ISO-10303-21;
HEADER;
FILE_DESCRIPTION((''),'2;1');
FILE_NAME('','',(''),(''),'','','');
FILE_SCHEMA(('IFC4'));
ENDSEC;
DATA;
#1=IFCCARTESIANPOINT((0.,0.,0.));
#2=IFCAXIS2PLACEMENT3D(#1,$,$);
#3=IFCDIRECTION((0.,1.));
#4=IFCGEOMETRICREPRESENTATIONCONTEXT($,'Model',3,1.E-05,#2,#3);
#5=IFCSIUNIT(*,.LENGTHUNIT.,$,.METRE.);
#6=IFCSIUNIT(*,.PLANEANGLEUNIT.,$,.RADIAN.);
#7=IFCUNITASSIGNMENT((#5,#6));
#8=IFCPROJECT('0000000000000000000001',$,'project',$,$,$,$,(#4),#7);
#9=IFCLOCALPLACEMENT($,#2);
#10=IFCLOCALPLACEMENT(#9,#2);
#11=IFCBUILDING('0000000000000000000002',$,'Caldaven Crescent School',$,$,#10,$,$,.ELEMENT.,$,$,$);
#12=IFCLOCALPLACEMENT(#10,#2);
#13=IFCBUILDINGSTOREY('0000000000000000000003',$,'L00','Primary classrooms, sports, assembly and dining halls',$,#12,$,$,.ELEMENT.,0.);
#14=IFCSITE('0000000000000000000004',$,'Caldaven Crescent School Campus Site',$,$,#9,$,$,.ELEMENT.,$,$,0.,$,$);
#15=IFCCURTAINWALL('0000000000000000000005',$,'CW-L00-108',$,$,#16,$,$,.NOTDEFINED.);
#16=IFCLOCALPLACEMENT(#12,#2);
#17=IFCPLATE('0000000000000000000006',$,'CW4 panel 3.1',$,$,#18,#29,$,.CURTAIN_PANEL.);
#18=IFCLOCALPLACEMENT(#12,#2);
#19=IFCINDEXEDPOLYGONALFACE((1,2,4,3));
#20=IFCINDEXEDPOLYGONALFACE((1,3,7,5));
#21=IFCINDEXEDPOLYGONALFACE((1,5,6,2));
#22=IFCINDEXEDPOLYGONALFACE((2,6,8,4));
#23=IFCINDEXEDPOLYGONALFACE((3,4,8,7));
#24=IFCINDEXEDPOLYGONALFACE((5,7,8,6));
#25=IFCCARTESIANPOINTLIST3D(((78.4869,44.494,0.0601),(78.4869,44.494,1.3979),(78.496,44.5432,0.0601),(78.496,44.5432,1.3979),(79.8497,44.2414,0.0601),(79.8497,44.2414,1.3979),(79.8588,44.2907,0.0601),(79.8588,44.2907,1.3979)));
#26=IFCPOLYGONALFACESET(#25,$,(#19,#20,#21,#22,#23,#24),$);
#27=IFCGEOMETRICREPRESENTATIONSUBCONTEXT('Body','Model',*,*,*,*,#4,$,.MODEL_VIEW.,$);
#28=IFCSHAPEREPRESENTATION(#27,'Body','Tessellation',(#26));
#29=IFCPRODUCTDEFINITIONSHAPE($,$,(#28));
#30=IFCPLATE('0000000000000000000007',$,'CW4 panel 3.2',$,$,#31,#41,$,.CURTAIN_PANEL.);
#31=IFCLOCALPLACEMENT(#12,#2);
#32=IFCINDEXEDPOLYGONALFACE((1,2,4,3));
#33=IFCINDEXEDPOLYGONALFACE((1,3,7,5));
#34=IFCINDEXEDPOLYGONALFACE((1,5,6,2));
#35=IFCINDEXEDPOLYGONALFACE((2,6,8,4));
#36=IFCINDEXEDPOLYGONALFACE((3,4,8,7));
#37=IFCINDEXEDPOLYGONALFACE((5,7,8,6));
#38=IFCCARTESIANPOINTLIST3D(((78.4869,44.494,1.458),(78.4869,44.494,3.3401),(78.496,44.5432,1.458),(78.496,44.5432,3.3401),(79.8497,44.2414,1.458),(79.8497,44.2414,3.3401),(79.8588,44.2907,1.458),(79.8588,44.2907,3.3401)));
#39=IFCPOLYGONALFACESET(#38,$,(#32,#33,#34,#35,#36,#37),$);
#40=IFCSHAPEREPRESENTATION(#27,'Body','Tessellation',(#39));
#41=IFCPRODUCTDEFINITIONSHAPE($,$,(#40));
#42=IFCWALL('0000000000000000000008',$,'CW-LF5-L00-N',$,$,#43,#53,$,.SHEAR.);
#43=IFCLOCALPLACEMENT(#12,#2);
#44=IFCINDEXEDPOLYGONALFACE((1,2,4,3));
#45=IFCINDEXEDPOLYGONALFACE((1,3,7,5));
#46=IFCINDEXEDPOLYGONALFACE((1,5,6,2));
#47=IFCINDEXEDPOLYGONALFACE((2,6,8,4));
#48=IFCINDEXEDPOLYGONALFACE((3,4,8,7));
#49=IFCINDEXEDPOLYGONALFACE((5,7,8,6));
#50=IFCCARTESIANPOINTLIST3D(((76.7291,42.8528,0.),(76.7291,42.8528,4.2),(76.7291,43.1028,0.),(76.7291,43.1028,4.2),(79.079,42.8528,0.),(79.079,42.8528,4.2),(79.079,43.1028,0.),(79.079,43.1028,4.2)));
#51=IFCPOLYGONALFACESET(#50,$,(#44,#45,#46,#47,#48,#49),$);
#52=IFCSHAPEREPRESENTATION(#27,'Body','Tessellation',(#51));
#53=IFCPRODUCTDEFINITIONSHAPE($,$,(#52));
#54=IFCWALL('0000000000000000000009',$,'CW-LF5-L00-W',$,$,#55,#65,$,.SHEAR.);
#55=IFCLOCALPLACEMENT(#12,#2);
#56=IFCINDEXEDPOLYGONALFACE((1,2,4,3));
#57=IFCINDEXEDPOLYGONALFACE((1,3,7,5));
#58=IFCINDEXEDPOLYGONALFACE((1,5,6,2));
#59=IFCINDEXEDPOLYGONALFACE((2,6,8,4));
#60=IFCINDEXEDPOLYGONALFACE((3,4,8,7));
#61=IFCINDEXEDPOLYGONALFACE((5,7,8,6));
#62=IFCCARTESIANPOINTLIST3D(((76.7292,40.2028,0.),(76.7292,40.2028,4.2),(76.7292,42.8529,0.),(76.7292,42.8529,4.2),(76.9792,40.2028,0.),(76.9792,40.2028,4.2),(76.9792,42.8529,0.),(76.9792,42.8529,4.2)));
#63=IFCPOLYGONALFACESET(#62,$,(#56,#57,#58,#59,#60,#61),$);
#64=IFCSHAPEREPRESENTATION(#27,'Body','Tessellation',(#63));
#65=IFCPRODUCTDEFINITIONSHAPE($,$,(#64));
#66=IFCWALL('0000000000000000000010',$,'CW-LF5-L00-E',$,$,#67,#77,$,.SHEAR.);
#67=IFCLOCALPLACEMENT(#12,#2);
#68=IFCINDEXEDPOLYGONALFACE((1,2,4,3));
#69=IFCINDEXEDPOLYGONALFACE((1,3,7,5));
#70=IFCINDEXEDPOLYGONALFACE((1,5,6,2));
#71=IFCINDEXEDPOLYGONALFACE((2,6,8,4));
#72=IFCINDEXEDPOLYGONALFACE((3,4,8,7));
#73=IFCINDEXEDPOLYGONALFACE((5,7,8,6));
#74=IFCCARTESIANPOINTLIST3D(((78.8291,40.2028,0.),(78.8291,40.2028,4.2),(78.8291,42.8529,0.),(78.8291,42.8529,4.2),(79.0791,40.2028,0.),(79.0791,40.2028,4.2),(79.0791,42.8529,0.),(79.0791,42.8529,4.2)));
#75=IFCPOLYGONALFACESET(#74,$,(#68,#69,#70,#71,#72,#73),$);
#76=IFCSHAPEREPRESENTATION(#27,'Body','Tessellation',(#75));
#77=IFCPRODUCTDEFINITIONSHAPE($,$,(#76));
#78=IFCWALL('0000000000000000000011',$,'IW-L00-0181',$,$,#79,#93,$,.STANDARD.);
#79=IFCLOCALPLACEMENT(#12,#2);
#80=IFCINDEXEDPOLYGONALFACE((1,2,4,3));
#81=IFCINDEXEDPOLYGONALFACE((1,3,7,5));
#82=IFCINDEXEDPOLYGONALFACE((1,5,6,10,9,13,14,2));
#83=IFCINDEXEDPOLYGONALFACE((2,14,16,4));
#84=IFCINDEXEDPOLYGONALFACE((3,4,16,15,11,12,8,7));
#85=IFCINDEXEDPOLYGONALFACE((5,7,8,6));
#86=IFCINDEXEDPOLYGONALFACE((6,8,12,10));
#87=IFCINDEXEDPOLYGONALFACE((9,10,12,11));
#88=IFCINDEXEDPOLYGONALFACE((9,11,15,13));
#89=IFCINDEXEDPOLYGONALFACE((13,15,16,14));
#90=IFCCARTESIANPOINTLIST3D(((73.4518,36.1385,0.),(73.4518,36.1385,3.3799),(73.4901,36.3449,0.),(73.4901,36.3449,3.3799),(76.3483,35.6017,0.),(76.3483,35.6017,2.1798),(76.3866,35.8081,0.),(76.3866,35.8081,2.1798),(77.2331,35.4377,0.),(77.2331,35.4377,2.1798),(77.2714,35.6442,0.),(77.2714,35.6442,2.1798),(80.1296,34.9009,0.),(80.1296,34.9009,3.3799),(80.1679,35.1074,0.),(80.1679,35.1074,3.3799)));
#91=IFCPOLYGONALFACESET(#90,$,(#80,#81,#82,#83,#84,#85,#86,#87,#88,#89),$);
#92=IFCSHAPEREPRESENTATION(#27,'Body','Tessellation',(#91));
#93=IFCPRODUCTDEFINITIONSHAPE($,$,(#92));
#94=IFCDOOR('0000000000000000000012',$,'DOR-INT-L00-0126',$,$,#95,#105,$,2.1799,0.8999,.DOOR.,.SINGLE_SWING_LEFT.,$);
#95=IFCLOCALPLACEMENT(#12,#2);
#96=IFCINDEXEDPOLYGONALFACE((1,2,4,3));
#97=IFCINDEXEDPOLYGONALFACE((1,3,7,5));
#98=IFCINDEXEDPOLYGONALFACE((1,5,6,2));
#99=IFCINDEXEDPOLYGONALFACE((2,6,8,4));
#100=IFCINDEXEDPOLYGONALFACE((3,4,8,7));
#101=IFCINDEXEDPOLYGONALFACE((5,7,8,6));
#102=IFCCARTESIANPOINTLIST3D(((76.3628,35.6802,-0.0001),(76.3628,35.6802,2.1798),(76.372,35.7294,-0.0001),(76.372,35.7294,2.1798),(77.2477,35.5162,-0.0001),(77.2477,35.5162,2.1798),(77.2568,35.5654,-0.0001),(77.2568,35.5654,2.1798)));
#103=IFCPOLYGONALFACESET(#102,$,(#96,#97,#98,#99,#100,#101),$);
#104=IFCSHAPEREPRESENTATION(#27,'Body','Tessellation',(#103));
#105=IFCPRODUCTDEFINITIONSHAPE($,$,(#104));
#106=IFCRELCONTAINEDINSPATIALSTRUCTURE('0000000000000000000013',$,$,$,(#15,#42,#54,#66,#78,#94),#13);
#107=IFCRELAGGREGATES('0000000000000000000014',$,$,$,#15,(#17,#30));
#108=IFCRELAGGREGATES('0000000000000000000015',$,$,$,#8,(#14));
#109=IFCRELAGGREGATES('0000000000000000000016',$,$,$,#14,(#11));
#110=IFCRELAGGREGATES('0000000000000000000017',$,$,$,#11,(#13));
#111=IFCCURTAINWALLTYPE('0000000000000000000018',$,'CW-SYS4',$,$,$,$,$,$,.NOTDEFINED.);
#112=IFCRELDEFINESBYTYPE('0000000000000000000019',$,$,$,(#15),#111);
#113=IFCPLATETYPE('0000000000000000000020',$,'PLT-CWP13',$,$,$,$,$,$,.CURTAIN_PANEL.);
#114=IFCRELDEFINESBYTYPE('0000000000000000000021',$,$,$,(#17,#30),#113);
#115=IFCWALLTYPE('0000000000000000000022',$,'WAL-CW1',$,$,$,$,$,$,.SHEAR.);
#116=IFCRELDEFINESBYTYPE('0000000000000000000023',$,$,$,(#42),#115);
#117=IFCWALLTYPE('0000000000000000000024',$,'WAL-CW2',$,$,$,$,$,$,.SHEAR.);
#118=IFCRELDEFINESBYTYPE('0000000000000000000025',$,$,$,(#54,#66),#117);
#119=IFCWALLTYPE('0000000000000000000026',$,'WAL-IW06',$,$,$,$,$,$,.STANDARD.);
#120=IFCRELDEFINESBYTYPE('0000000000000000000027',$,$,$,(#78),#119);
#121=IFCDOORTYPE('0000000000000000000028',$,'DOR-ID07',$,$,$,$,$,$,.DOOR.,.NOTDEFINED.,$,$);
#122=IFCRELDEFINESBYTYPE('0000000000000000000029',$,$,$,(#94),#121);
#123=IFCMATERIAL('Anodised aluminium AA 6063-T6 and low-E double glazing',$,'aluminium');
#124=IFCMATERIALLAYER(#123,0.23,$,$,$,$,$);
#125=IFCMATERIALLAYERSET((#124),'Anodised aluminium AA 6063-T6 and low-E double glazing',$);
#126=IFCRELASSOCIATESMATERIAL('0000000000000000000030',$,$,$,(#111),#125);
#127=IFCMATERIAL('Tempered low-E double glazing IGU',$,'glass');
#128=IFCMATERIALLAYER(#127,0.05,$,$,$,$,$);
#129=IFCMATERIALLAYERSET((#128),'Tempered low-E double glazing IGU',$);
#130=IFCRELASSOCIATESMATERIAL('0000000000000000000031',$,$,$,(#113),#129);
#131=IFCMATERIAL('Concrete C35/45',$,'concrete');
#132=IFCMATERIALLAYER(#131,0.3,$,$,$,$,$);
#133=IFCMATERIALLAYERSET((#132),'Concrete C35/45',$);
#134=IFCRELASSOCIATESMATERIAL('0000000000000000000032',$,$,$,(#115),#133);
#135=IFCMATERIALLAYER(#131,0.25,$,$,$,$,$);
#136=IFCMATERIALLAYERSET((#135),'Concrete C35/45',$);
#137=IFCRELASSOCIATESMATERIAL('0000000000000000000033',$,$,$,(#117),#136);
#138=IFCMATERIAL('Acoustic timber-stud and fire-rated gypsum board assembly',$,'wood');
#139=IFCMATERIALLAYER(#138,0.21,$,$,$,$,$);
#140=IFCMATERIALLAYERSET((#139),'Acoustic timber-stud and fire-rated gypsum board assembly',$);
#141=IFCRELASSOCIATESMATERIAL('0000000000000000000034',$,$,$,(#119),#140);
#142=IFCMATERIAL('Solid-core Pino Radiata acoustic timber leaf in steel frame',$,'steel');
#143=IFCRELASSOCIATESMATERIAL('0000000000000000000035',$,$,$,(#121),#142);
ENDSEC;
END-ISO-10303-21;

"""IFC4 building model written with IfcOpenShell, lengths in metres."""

from ifc_helpers import new_model, si_unit, direction, frame, frame_2d, origin, origin_2d, place, context, subcontext, project, spatial, rectangle, extrude, material, layer, layer_set, type_object, element, fill, aggregate, save


model = new_model("IFC4")

# Units and contexts
model_context = context("Model", 3, precision=1e-05, world=origin(), true_north=direction((0.0, 1.0)))
body_context = subcontext(model_context, "Body", "Model", "MODEL_VIEW")
ifc_project = project(units=[si_unit("LENGTHUNIT", "METRE"), si_unit("PLANEANGLEUNIT", "RADIAN")], contexts=[model_context])

# Site, building, storey
site_placement = place(None, origin())
site = spatial("IfcSite", under=ifc_project, at=site_placement, Name="Caldaven Crescent School Campus Site", CompositionType="ELEMENT", RefElevation=0.0)
building_placement = place(site_placement, origin())
building = spatial("IfcBuilding", under=site, at=building_placement, Name="Caldaven Crescent School", CompositionType="ELEMENT")
storey_placement = place(building_placement, origin())
storey = spatial("IfcBuildingStorey", under=building, at=storey_placement, Name="L00", Description="Primary classrooms, sports, assembly and dining halls", CompositionType="ELEMENT", Elevation=0.0)

# Shared definitions
ifc_material_1 = material(Name="Concrete C35/45", Category="concrete")

# Curtain wall, plates
ifc_material_2 = material(Name="Anodised aluminium AA 6063-T6 and low-E double glazing", Category="aluminium")
ifc_layer_1 = layer(ifc_material_2, 0.23)
ifc_layer_set_1 = layer_set([ifc_layer_1], Name="Anodised aluminium AA 6063-T6 and low-E double glazing")
curtain_wall_type = type_object("IfcCurtainWallType", Name="CW-SYS4", PredefinedType="NOTDEFINED", material=ifc_layer_set_1)
curtain_wall_placement = place(storey_placement, origin())
curtain_wall = element("IfcCurtainWall", 1, at=curtain_wall_placement, inside=storey, type_object=curtain_wall_type, Name="CW-L00-108", PredefinedType="NOTDEFINED")
ifc_material_3 = material(Name="Tempered low-E double glazing IGU", Category="glass")
ifc_layer_2 = layer(ifc_material_3, 0.05)
ifc_layer_set_2 = layer_set([ifc_layer_2], Name="Tempered low-E double glazing IGU")
plate_type = type_object("IfcPlateType", Name="PLT-CWP13", PredefinedType="CURTAIN_PANEL", material=ifc_layer_set_2)
plate_1_placement = place(storey_placement, frame((79.1729, 44.3923, 0.0601), z_axis=(0.0, 0.0, 1.0), x_axis=(0.983255, -0.182236, 0.0)))
plate_1 = element("IfcPlate", 2, at=plate_1_placement, type_object=plate_type, Name="CW4 panel 3.1", PredefinedType="CURTAIN_PANEL", context=body_context, shape_type="SweptSolid", body=[
    extrude(rectangle(XDim=1.386, YDim=0.05, at=origin_2d()), origin(), (0.0, 0.0, 1.0), 1.3379),
])
plate_2_placement = place(storey_placement, frame((79.1729, 44.3923, 1.458), z_axis=(0.0, 0.0, 1.0), x_axis=(0.983255, -0.182236, 0.0)))
plate_2 = element("IfcPlate", 3, at=plate_2_placement, type_object=plate_type, Name="CW4 panel 3.2", PredefinedType="CURTAIN_PANEL", context=body_context, shape_type="SweptSolid", body=[
    extrude(rectangle(XDim=1.386, YDim=0.05, at=origin_2d()), origin(), (0.0, 0.0, 1.0), 1.8821),
])
aggregate(curtain_wall, [plate_1, plate_2])

# Wall
ifc_layer_3 = layer(ifc_material_1, 0.3)
ifc_layer_set_3 = layer_set([ifc_layer_3], Name="Concrete C35/45")
wall_type_1 = type_object("IfcWallType", Name="WAL-CW1", PredefinedType="SHEAR", material=ifc_layer_set_3)
wall_1_placement = place(storey_placement, frame((76.7292, 42.9778, 0.0), z_axis=(0.0, 0.0, 1.0), x_axis=(1.0, 0.0, 0.0)))
element("IfcWall", 4, at=wall_1_placement, inside=storey, type_object=wall_type_1, Name="CW-LF5-L00-N", PredefinedType="SHEAR", context=body_context, shape_type="SweptSolid", body=[
    extrude(rectangle(XDim=2.3499, YDim=0.25, at=frame_2d((1.1748, 0.0))), origin(), (0.0, 0.0, 1.0), 4.2),
])

# Walls
ifc_layer_4 = layer(ifc_material_1, 0.25)
ifc_layer_set_4 = layer_set([ifc_layer_4], Name="Concrete C35/45")
wall_type_2 = type_object("IfcWallType", Name="WAL-CW2", PredefinedType="SHEAR", material=ifc_layer_set_4)
for number, where, z_axis, x_axis, name in (
    (5, (76.8542, 40.2026, 0.0), (0.0, 0.0, 1.0), (0.0, 1.0, 0.0), "CW-LF5-L00-W"),
    (6, (78.9541, 40.2026, 0.0), (0.0, 0.0, 1.0), (0.0, 1.0, 0.0), "CW-LF5-L00-E"),
):
    element("IfcWall", number, at=place(storey_placement, frame(where, z_axis=z_axis, x_axis=x_axis)), inside=storey, type_object=wall_type_2, Name=name, PredefinedType="SHEAR", context=body_context, shape_type="SweptSolid", body=[
        extrude(rectangle(XDim=2.6501, YDim=0.25, at=frame_2d((1.3252, 0.0))), origin(), (0.0, 0.0, 1.0), 4.2),
    ])

# Wall, opening, door
ifc_material_4 = material(Name="Acoustic timber-stud and fire-rated gypsum board assembly", Category="wood")
ifc_layer_5 = layer(ifc_material_4, 0.21)
ifc_layer_set_5 = layer_set([ifc_layer_5], Name="Acoustic timber-stud and fire-rated gypsum board assembly")
wall_type_3 = type_object("IfcWallType", Name="WAL-IW06", PredefinedType="STANDARD", material=ifc_layer_set_5)
wall_2_placement = place(storey_placement, frame((73.4709, 36.2417, 0.0), z_axis=(0.0, 0.0, 1.0), x_axis=(0.983257, -0.182222, 0.0)))
wall_2 = element("IfcWall", 7, at=wall_2_placement, inside=storey, type_object=wall_type_3, Name="IW-L00-0181", PredefinedType="STANDARD", context=body_context, shape_type="SweptSolid", body=[
    extrude(rectangle(XDim=6.7915, YDim=0.21, at=frame_2d((3.3958, 0.0))), origin(), (0.0, 0.0, 1.0), 3.3799),
])
opening_1_placement = place(wall_2_placement, frame((2.9458, 0.0, 0.0)))
opening_1 = element("IfcOpeningElement", 8, at=opening_1_placement, cuts=wall_2, PredefinedType="OPENING", context=body_context, shape_type="SweptSolid", body=[
    extrude(rectangle(XDim=0.8999, YDim=2.1799, at=frame_2d((0.45, 1.0898))), frame((0.0, 0.115, 0.0), z_axis=(0.0, -1.0, 0.0), x_axis=(1.0, 0.0, 0.0)), (0.0, 0.0, 1.0), 0.23),
])
ifc_material_5 = material(Name="Solid-core Pino Radiata acoustic timber leaf in steel frame", Category="steel")
door_type_1 = type_object("IfcDoorType", Name="DOR-ID07", OperationType="NOTDEFINED", PredefinedType="DOOR", material=ifc_material_5)
door_1_placement = place(opening_1_placement, origin())
door_1 = element("IfcDoor", 9, at=door_1_placement, inside=storey, type_object=door_type_1, Name="DOR-INT-L00-0126", OperationType="SINGLE_SWING_LEFT", OverallHeight=2.1799, OverallWidth=0.8999, PredefinedType="DOOR", context=body_context, shape_type="SweptSolid", body=[
    extrude(rectangle(XDim=0.8999, YDim=2.1799, at=frame_2d((0.45, 1.0898))), frame((0.0, 0.0249, 0.0), z_axis=(0.0, -1.0, 0.0), x_axis=(1.0, 0.0, 0.0)), (0.0, 0.0, 1.0), 0.05),
])
fill(opening_1, door_1)

save(model, "model.ifc")
